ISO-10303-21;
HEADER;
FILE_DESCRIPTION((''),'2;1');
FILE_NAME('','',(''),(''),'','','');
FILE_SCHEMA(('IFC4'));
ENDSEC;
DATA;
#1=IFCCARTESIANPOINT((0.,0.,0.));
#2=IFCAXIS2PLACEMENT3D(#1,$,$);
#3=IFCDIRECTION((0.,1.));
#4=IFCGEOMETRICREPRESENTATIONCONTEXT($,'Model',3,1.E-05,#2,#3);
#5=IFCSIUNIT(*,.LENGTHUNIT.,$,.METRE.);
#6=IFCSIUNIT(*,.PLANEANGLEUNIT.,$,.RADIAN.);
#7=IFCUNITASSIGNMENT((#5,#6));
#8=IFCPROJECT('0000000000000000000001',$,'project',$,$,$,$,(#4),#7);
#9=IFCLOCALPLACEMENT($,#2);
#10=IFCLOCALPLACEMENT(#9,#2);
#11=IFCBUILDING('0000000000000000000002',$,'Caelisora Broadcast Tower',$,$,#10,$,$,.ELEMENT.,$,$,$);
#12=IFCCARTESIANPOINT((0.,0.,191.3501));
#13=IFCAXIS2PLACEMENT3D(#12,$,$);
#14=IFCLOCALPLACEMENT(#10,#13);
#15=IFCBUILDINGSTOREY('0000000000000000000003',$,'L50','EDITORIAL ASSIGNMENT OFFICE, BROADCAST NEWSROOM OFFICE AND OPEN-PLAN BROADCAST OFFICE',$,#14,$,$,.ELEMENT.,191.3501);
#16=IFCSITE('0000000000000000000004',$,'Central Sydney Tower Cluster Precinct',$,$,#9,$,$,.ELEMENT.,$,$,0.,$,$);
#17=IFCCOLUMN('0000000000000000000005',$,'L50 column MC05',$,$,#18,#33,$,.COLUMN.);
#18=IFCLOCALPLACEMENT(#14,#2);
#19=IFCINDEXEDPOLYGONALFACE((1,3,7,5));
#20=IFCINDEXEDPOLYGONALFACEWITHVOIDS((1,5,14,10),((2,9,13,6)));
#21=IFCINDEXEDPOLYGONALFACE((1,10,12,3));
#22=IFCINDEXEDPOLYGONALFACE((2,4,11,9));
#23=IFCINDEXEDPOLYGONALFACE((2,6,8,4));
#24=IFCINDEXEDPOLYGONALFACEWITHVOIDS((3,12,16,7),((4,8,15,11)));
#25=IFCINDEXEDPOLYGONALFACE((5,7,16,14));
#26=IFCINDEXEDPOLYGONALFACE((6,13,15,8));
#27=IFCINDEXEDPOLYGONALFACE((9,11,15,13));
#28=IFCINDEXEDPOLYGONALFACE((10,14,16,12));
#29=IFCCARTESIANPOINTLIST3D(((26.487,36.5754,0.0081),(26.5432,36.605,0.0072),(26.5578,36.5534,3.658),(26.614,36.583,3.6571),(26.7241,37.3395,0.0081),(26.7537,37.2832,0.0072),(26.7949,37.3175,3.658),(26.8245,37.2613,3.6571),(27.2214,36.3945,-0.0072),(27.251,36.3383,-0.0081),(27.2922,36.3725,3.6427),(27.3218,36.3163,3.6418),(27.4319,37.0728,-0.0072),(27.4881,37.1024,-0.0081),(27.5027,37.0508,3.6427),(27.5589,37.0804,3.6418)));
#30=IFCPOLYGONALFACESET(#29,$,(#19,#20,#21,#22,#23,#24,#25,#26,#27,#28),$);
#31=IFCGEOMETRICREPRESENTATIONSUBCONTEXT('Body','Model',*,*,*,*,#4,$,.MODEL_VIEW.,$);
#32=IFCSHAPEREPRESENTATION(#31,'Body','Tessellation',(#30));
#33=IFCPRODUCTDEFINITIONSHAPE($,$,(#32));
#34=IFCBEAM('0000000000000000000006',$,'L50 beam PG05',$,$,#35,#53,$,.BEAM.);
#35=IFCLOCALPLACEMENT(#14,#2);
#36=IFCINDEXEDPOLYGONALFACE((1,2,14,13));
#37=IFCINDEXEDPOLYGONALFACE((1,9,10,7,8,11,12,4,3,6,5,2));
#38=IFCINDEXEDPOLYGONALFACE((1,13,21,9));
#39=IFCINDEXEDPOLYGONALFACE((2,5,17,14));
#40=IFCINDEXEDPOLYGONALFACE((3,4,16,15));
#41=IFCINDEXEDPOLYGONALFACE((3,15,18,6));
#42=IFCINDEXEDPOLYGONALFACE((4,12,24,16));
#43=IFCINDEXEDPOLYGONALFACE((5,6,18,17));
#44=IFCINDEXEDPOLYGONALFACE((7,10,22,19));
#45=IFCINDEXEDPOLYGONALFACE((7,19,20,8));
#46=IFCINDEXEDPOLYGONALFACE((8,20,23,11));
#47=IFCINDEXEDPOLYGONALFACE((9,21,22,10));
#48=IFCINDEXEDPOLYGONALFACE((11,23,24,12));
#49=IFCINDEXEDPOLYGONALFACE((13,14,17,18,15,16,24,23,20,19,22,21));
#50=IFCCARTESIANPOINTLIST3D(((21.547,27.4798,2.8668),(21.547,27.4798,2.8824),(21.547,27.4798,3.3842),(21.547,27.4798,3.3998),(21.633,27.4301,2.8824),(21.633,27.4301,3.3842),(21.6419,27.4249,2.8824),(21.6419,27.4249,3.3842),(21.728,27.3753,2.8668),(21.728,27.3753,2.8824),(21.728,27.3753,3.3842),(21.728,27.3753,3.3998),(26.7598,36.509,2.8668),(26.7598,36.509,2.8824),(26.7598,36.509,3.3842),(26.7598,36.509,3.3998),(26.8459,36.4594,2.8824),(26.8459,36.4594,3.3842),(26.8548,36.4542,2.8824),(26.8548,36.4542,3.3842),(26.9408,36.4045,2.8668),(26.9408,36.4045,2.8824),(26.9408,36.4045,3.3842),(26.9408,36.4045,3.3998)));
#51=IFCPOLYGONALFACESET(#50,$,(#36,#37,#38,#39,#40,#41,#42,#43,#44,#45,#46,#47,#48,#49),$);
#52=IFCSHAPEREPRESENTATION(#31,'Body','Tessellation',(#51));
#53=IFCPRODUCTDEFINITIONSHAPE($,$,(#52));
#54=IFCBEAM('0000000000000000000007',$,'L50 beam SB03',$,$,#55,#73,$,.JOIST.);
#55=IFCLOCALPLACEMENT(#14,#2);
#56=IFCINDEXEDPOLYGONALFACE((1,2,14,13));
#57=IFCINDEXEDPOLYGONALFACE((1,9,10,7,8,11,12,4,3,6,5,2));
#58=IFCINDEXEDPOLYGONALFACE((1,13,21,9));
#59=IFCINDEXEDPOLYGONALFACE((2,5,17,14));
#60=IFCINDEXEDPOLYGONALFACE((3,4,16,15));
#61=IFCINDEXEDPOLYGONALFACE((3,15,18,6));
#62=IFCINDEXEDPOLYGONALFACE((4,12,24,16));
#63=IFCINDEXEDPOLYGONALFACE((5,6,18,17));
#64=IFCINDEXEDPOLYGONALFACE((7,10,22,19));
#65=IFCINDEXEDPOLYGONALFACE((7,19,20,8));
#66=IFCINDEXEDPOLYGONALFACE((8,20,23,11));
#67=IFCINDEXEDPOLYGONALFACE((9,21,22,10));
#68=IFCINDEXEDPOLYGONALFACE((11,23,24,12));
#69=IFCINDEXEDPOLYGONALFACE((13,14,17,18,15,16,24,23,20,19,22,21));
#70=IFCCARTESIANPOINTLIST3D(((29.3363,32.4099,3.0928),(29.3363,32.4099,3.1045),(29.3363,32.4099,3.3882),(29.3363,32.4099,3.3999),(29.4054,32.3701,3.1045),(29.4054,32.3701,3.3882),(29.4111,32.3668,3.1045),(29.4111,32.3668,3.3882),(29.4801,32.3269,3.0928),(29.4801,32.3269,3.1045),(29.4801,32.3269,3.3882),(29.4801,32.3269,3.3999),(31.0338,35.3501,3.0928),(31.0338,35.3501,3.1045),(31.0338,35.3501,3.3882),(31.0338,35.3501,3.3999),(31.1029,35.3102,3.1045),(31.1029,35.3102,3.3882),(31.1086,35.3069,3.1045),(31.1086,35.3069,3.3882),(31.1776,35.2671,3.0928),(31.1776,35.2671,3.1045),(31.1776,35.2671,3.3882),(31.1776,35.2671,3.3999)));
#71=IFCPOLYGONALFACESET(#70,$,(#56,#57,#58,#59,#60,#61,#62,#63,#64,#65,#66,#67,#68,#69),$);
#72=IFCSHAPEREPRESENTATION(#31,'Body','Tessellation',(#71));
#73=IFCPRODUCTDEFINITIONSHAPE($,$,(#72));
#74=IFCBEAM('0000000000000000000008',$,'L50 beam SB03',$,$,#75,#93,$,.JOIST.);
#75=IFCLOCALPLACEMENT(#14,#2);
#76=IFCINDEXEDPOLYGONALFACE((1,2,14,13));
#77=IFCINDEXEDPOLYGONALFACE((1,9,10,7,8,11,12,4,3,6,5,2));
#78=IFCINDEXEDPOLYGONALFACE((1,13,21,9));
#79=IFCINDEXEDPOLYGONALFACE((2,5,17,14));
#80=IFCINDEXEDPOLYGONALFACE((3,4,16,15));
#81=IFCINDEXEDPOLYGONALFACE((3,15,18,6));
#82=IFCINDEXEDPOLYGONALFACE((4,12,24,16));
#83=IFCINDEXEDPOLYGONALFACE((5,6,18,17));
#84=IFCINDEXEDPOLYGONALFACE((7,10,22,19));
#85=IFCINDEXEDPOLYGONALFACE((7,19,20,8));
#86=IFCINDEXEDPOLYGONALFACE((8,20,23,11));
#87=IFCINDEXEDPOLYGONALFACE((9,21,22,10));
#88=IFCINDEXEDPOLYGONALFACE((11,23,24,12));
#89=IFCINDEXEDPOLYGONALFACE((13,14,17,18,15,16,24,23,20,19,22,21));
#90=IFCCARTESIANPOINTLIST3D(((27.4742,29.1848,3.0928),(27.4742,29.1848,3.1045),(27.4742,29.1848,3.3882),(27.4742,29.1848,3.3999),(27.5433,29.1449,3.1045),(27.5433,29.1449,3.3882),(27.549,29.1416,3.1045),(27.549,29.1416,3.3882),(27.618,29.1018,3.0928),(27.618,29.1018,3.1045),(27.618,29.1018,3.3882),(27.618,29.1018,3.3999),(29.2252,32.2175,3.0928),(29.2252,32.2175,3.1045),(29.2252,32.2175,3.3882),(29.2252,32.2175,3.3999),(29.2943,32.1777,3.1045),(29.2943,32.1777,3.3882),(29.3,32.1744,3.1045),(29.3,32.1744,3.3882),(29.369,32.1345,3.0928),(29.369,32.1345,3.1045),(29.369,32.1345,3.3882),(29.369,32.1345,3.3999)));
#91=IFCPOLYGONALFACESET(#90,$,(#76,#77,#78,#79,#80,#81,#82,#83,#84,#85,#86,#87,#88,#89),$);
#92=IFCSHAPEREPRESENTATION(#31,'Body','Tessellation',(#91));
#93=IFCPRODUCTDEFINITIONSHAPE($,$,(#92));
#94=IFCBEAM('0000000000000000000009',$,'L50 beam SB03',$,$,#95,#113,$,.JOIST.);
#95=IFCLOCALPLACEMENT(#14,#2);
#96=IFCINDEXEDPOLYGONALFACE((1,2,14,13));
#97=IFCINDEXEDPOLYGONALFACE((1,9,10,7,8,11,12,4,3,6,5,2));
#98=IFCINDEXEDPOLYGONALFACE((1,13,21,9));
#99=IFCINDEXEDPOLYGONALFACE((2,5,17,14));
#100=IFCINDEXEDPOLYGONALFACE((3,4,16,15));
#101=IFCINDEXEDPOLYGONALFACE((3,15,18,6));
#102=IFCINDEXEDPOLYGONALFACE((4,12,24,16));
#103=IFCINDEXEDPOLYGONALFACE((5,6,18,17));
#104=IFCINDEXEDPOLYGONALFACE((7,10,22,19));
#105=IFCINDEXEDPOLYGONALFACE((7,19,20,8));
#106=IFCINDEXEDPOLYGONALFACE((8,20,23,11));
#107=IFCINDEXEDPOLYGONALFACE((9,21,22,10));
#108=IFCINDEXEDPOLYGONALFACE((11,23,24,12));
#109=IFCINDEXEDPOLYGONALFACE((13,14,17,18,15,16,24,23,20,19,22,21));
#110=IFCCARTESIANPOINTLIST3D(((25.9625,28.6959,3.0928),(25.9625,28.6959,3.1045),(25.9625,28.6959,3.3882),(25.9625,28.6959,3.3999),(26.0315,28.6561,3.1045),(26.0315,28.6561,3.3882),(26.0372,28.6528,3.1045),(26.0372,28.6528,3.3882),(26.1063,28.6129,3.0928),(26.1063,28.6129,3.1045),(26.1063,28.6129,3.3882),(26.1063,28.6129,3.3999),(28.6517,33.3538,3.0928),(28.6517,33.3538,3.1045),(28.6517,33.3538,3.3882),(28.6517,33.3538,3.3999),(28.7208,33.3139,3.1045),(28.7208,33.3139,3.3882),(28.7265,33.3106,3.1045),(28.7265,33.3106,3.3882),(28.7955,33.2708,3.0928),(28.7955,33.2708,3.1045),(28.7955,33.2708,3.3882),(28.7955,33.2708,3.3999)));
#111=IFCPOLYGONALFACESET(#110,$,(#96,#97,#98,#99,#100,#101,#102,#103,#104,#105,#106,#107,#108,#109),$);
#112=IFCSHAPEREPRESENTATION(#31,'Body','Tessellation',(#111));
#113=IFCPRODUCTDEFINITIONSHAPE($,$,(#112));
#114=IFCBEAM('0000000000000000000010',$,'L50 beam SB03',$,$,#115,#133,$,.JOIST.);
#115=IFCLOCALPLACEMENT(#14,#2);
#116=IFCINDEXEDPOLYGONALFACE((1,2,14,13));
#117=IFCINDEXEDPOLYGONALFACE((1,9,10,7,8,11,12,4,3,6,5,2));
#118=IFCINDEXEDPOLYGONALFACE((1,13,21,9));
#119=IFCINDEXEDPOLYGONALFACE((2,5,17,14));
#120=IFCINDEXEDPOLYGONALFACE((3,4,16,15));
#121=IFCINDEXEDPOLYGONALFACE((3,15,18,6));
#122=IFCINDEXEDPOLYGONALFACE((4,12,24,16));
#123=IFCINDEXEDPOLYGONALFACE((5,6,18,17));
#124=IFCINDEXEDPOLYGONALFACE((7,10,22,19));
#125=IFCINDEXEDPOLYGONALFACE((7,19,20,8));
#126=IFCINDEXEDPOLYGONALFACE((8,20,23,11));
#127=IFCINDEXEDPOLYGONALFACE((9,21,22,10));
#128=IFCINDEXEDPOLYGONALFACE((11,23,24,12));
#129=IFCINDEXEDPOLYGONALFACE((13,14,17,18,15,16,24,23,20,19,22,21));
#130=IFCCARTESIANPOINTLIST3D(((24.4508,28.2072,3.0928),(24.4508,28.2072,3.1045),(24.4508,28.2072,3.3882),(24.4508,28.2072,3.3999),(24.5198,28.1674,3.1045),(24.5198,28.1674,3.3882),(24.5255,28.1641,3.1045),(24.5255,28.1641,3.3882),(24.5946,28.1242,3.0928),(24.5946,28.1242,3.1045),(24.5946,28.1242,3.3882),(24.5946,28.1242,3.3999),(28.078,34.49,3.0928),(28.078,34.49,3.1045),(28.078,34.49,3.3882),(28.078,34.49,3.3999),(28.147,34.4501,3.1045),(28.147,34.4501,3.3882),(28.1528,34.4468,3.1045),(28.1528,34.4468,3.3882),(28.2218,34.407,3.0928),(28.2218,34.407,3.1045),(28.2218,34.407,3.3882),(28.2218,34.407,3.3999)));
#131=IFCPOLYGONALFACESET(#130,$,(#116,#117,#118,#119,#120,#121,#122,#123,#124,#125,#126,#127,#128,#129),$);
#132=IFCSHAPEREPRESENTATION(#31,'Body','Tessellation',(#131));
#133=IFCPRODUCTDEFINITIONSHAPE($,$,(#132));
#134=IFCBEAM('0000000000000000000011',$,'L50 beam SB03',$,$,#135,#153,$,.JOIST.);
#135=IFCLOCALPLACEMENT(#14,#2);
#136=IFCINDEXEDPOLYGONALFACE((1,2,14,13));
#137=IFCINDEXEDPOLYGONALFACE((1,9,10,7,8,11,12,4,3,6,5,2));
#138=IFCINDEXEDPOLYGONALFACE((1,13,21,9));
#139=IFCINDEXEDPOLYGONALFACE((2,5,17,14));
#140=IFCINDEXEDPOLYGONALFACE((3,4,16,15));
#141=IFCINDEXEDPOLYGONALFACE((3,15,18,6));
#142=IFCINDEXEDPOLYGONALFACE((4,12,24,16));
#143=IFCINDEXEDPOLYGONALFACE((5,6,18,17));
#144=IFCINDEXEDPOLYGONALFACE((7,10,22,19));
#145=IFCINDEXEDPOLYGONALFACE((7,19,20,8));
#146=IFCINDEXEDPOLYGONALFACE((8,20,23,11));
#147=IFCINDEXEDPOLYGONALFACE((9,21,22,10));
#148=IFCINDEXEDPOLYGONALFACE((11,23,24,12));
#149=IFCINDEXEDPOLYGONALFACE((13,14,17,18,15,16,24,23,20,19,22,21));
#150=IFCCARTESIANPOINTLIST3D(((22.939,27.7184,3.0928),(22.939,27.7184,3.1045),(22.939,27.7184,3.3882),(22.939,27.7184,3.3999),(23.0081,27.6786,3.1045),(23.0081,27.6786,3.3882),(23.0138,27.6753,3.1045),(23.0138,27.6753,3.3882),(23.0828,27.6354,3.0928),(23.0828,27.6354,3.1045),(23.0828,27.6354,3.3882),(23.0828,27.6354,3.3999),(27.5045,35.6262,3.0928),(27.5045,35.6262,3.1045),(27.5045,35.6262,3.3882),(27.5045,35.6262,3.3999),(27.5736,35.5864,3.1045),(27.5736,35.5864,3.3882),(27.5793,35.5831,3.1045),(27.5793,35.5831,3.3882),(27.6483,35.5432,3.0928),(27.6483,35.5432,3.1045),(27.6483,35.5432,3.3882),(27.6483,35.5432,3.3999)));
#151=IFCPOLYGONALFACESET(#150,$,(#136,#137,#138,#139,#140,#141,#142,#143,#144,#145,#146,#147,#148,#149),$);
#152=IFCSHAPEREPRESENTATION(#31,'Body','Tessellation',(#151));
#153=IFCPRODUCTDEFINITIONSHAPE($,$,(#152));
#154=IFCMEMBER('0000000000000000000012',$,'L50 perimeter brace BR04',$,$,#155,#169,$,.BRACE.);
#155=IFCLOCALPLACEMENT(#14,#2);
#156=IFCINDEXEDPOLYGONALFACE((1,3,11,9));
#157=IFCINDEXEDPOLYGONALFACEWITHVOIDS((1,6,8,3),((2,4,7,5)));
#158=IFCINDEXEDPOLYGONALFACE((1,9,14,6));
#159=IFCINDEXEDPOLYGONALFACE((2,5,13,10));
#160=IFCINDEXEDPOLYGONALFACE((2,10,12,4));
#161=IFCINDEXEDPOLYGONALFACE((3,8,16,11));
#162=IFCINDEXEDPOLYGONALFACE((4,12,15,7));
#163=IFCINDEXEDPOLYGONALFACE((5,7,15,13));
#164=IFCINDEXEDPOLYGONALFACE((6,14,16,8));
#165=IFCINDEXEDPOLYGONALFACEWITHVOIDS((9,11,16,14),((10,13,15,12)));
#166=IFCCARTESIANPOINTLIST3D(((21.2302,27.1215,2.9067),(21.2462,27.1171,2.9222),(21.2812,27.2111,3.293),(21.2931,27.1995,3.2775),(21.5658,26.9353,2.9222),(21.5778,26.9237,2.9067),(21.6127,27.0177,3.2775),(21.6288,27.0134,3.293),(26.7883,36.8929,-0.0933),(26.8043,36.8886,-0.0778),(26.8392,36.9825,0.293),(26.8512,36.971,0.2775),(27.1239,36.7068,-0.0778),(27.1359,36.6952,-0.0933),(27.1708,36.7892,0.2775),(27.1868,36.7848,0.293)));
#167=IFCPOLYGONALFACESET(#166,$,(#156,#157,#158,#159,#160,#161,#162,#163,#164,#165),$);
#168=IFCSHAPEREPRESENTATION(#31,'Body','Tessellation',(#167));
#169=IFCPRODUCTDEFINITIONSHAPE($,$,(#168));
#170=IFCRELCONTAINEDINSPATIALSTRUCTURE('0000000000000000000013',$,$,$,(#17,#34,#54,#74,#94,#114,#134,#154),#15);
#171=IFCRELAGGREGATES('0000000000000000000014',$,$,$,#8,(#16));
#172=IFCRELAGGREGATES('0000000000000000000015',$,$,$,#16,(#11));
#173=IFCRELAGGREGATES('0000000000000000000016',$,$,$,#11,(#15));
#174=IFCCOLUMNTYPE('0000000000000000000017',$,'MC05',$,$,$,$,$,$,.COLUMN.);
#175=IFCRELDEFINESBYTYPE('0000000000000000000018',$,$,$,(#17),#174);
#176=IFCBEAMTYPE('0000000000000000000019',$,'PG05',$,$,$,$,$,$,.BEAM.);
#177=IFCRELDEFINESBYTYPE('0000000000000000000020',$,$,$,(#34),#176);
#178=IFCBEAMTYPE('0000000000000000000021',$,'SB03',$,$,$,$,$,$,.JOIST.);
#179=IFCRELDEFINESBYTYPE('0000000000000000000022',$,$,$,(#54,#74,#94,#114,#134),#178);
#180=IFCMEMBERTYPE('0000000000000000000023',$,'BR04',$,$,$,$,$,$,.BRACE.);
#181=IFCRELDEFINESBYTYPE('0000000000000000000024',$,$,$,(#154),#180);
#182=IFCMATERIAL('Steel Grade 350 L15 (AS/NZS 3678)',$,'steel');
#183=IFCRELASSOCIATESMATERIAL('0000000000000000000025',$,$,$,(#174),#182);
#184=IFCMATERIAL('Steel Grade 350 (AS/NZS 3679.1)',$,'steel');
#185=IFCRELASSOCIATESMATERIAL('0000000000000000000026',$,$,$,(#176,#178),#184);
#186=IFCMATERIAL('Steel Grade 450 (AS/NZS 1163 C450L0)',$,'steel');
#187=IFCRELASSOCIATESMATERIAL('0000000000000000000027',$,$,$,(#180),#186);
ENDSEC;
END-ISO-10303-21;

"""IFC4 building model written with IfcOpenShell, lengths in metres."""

from ifc_helpers import new_model, si_unit, direction, frame, origin, origin_2d, place, context, subcontext, project, spatial, hollow_rectangle, i_section, extrude, source, transform, mapped, material, material_profile, profile_set, type_object, type_shapes, element, save


model = new_model("IFC4")

# Units and contexts
model_context = context("Model", 3, precision=1e-05, world=origin(), true_north=direction((0.0, 1.0)))
body_context = subcontext(model_context, "Body", "Model", "MODEL_VIEW")
ifc_project = project(units=[si_unit("LENGTHUNIT", "METRE"), si_unit("PLANEANGLEUNIT", "RADIAN")], contexts=[model_context])

# Site, building, storey
site_placement = place(None, origin())
site = spatial("IfcSite", under=ifc_project, at=site_placement, Name="Central Sydney Tower Cluster Precinct", CompositionType="ELEMENT", RefElevation=0.0)
building_placement = place(site_placement, origin())
building = spatial("IfcBuilding", under=site, at=building_placement, Name="Caelisora Broadcast Tower", CompositionType="ELEMENT")
storey_placement = place(building_placement, frame((0.0, 0.0, 191.3501)))
storey = spatial("IfcBuildingStorey", under=building, at=storey_placement, Name="L50", Description="EDITORIAL ASSIGNMENT OFFICE, BROADCAST NEWSROOM OFFICE AND OPEN-PLAN BROADCAST OFFICE", CompositionType="ELEMENT", Elevation=191.3501)

# Column
ifc_material_1 = material(Name="Steel Grade 350 L15 (AS/NZS 3678)", Category="steel")
ifc_material_profile_1 = material_profile(ifc_material_1, hollow_rectangle(XDim=0.8, YDim=0.8, WallThickness=0.0449, at=origin_2d()), Name="Steel Grade 350 L15 (AS/NZS 3678)")
ifc_profile_set_1 = profile_set([ifc_material_profile_1], Name="Steel Grade 350 L15 (AS/NZS 3678)")
column_type = type_object("IfcColumnType", Name="MC05", PredefinedType="COLUMN", material=ifc_profile_set_1)
shared_shape_1 = source(origin(), body_context, "Body", "SweptSolid", [
    extrude(hollow_rectangle(XDim=0.8, YDim=0.8, WallThickness=0.0449, at=origin_2d()), origin(), (0.0, 0.0, 1.0), 3.6506),
])
type_shapes(column_type, [shared_shape_1])
column_placement = place(storey_placement, frame((26.9875, 36.8389, 0.0), z_axis=(0.019394, -0.006019, 0.999794), x_axis=(0.296399, 0.955064, 0.0)))
element("IfcColumn", 1, at=column_placement, inside=storey, type_object=column_type, Name="L50 column MC05", PredefinedType="COLUMN", context=body_context, shape_type="MappedRepresentation", body=[
    mapped(shared_shape_1, transform((0.0, 0.0, 0.0), scale=1.0)),
])

# Beams
ifc_material_2 = material(Name="Steel Grade 350 (AS/NZS 3679.1)", Category="steel")
ifc_material_profile_2 = material_profile(ifc_material_2, i_section(OverallWidth=0.209, OverallDepth=0.533, WebThickness=0.0103, FlangeThickness=0.0156, at=origin_2d()), Name="Steel Grade 350 (AS/NZS 3679.1)")
ifc_profile_set_2 = profile_set([ifc_material_profile_2], Name="Steel Grade 350 (AS/NZS 3679.1)")
beam_type_1 = type_object("IfcBeamType", Name="PG05", PredefinedType="BEAM", material=ifc_profile_set_2)
shared_shape_2 = source(origin(), body_context, "Body", "SweptSolid", [
    extrude(i_section(OverallWidth=0.209, OverallDepth=0.533, WebThickness=0.0103, FlangeThickness=0.0156, at=origin_2d()), origin(), (0.0, 0.0, 1.0), 10.426),
])
type_shapes(beam_type_1, [shared_shape_2])
beam_1_placement = place(storey_placement, frame((26.8503, 36.4568, 3.1333), z_axis=(-0.499987, -0.866033, 0.0), x_axis=(0.866033, -0.499987, 0.0)))
element("IfcBeam", 2, at=beam_1_placement, inside=storey, type_object=beam_type_1, Name="L50 beam PG05", PredefinedType="BEAM", context=body_context, shape_type="MappedRepresentation", body=[
    mapped(shared_shape_2, transform((0.0, 0.0, 0.0), scale=1.0)),
])
ifc_material_profile_3 = material_profile(ifc_material_2, i_section(OverallWidth=0.166, OverallDepth=0.3071, WebThickness=0.0066, FlangeThickness=0.0117, at=origin_2d()), Name="Steel Grade 350 (AS/NZS 3679.1)")
ifc_profile_set_3 = profile_set([ifc_material_profile_3], Name="Steel Grade 350 (AS/NZS 3679.1)")
beam_type_2 = type_object("IfcBeamType", Name="SB03", PredefinedType="JOIST", material=ifc_profile_set_3)
shared_shape_3 = source(origin(), body_context, "Body", "SweptSolid", [
    extrude(i_section(OverallWidth=0.166, OverallDepth=0.3071, WebThickness=0.0066, FlangeThickness=0.0117, at=origin_2d()), origin(), (0.0, 0.0, 1.0), 3.395),
])
beam_2_placement = place(storey_placement, frame((31.1057, 35.3086, 3.2463), z_axis=(-0.499998, -0.866026, 0.0), x_axis=(0.866026, -0.499998, 0.0)))
element("IfcBeam", 3, at=beam_2_placement, inside=storey, type_object=beam_type_2, Name="L50 beam SB03", PredefinedType="JOIST", context=body_context, shape_type="MappedRepresentation", body=[
    mapped(shared_shape_3, transform((0.0, 0.0, 0.0), scale=1.0)),
])
shared_shape_4 = source(origin(), body_context, "Body", "SweptSolid", [
    extrude(i_section(OverallWidth=0.166, OverallDepth=0.3071, WebThickness=0.0066, FlangeThickness=0.0117, at=origin_2d()), origin(), (0.0, 0.0, 1.0), 3.502),
])
beam_3_placement = place(storey_placement, frame((29.2971, 32.176, 3.2463), z_axis=(-0.500008, -0.866021, 0.0), x_axis=(0.866021, -0.500008, 0.0)))
element("IfcBeam", 4, at=beam_3_placement, inside=storey, type_object=beam_type_2, Name="L50 beam SB03", PredefinedType="JOIST", context=body_context, shape_type="MappedRepresentation", body=[
    mapped(shared_shape_4, transform((0.0, 0.0, 0.0), scale=1.0)),
])
shared_shape_5 = source(origin(), body_context, "Body", "SweptSolid", [
    extrude(i_section(OverallWidth=0.166, OverallDepth=0.3071, WebThickness=0.0066, FlangeThickness=0.0117, at=origin_2d()), origin(), (0.0, 0.0, 1.0), 5.3784),
])
beam_4_placement = place(storey_placement, frame((28.7236, 33.3123, 3.2463), z_axis=(-0.500011, -0.866019, 0.0), x_axis=(0.866019, -0.500011, 0.0)))
element("IfcBeam", 5, at=beam_4_placement, inside=storey, type_object=beam_type_2, Name="L50 beam SB03", PredefinedType="JOIST", context=body_context, shape_type="MappedRepresentation", body=[
    mapped(shared_shape_5, transform((0.0, 0.0, 0.0), scale=1.0)),
])
shared_shape_6 = source(origin(), body_context, "Body", "SweptSolid", [
    extrude(i_section(OverallWidth=0.166, OverallDepth=0.3071, WebThickness=0.0066, FlangeThickness=0.0117, at=origin_2d()), origin(), (0.0, 0.0, 1.0), 7.2546),
])
beam_5_placement = place(storey_placement, frame((28.1499, 34.4485, 3.2463), z_axis=(-0.499987, -0.866033, 0.0), x_axis=(0.866033, -0.499987, 0.0)))
element("IfcBeam", 6, at=beam_5_placement, inside=storey, type_object=beam_type_2, Name="L50 beam SB03", PredefinedType="JOIST", context=body_context, shape_type="MappedRepresentation", body=[
    mapped(shared_shape_6, transform((0.0, 0.0, 0.0), scale=1.0)),
])
shared_shape_7 = source(origin(), body_context, "Body", "SweptSolid", [
    extrude(i_section(OverallWidth=0.166, OverallDepth=0.3071, WebThickness=0.0066, FlangeThickness=0.0117, at=origin_2d()), origin(), (0.0, 0.0, 1.0), 9.1311),
])
type_shapes(beam_type_2, [shared_shape_3, shared_shape_4, shared_shape_5, shared_shape_6, shared_shape_7])
beam_6_placement = place(storey_placement, frame((27.5764, 35.5847, 3.2463), z_axis=(-0.499992, -0.86603, 0.0), x_axis=(0.86603, -0.499992, 0.0)))
element("IfcBeam", 7, at=beam_6_placement, inside=storey, type_object=beam_type_2, Name="L50 beam SB03", PredefinedType="JOIST", context=body_context, shape_type="MappedRepresentation", body=[
    mapped(shared_shape_7, transform((0.0, 0.0, 0.0), scale=1.0)),
])

# Member
ifc_material_3 = material(Name="Steel Grade 450 (AS/NZS 1163 C450L0)", Category="steel")
ifc_material_profile_4 = material_profile(ifc_material_3, hollow_rectangle(XDim=0.3999, YDim=0.3999, WallThickness=0.0161, at=origin_2d()), Name="Steel Grade 450 (AS/NZS 1163 C450L0)")
ifc_profile_set_4 = profile_set([ifc_material_profile_4], Name="Steel Grade 450 (AS/NZS 1163 C450L0)")
member_type_1 = type_object("IfcMemberType", Name="BR04", PredefinedType="BRACE", material=ifc_profile_set_4)
shared_shape_8 = source(origin(), body_context, "Body", "SweptSolid", [
    extrude(hollow_rectangle(XDim=0.3999, YDim=0.3999, WallThickness=0.0161, at=origin_2d()), origin(), (0.0, 0.0, 1.0), 11.635),
])
type_shapes(member_type_1, [shared_shape_8])
member_1_placement = place(storey_placement, frame((26.9875, 36.8389, 0.0999), z_axis=(-0.477704, -0.839832, 0.257842), x_axis=(0.869222, -0.494421, 0.0)))
element("IfcMember", 8, at=member_1_placement, inside=storey, type_object=member_type_1, Name="L50 perimeter brace BR04", PredefinedType="BRACE", context=body_context, shape_type="MappedRepresentation", body=[
    mapped(shared_shape_8, transform((0.0, 0.0, 0.0), scale=1.0)),
])

save(model, "model.ifc")
